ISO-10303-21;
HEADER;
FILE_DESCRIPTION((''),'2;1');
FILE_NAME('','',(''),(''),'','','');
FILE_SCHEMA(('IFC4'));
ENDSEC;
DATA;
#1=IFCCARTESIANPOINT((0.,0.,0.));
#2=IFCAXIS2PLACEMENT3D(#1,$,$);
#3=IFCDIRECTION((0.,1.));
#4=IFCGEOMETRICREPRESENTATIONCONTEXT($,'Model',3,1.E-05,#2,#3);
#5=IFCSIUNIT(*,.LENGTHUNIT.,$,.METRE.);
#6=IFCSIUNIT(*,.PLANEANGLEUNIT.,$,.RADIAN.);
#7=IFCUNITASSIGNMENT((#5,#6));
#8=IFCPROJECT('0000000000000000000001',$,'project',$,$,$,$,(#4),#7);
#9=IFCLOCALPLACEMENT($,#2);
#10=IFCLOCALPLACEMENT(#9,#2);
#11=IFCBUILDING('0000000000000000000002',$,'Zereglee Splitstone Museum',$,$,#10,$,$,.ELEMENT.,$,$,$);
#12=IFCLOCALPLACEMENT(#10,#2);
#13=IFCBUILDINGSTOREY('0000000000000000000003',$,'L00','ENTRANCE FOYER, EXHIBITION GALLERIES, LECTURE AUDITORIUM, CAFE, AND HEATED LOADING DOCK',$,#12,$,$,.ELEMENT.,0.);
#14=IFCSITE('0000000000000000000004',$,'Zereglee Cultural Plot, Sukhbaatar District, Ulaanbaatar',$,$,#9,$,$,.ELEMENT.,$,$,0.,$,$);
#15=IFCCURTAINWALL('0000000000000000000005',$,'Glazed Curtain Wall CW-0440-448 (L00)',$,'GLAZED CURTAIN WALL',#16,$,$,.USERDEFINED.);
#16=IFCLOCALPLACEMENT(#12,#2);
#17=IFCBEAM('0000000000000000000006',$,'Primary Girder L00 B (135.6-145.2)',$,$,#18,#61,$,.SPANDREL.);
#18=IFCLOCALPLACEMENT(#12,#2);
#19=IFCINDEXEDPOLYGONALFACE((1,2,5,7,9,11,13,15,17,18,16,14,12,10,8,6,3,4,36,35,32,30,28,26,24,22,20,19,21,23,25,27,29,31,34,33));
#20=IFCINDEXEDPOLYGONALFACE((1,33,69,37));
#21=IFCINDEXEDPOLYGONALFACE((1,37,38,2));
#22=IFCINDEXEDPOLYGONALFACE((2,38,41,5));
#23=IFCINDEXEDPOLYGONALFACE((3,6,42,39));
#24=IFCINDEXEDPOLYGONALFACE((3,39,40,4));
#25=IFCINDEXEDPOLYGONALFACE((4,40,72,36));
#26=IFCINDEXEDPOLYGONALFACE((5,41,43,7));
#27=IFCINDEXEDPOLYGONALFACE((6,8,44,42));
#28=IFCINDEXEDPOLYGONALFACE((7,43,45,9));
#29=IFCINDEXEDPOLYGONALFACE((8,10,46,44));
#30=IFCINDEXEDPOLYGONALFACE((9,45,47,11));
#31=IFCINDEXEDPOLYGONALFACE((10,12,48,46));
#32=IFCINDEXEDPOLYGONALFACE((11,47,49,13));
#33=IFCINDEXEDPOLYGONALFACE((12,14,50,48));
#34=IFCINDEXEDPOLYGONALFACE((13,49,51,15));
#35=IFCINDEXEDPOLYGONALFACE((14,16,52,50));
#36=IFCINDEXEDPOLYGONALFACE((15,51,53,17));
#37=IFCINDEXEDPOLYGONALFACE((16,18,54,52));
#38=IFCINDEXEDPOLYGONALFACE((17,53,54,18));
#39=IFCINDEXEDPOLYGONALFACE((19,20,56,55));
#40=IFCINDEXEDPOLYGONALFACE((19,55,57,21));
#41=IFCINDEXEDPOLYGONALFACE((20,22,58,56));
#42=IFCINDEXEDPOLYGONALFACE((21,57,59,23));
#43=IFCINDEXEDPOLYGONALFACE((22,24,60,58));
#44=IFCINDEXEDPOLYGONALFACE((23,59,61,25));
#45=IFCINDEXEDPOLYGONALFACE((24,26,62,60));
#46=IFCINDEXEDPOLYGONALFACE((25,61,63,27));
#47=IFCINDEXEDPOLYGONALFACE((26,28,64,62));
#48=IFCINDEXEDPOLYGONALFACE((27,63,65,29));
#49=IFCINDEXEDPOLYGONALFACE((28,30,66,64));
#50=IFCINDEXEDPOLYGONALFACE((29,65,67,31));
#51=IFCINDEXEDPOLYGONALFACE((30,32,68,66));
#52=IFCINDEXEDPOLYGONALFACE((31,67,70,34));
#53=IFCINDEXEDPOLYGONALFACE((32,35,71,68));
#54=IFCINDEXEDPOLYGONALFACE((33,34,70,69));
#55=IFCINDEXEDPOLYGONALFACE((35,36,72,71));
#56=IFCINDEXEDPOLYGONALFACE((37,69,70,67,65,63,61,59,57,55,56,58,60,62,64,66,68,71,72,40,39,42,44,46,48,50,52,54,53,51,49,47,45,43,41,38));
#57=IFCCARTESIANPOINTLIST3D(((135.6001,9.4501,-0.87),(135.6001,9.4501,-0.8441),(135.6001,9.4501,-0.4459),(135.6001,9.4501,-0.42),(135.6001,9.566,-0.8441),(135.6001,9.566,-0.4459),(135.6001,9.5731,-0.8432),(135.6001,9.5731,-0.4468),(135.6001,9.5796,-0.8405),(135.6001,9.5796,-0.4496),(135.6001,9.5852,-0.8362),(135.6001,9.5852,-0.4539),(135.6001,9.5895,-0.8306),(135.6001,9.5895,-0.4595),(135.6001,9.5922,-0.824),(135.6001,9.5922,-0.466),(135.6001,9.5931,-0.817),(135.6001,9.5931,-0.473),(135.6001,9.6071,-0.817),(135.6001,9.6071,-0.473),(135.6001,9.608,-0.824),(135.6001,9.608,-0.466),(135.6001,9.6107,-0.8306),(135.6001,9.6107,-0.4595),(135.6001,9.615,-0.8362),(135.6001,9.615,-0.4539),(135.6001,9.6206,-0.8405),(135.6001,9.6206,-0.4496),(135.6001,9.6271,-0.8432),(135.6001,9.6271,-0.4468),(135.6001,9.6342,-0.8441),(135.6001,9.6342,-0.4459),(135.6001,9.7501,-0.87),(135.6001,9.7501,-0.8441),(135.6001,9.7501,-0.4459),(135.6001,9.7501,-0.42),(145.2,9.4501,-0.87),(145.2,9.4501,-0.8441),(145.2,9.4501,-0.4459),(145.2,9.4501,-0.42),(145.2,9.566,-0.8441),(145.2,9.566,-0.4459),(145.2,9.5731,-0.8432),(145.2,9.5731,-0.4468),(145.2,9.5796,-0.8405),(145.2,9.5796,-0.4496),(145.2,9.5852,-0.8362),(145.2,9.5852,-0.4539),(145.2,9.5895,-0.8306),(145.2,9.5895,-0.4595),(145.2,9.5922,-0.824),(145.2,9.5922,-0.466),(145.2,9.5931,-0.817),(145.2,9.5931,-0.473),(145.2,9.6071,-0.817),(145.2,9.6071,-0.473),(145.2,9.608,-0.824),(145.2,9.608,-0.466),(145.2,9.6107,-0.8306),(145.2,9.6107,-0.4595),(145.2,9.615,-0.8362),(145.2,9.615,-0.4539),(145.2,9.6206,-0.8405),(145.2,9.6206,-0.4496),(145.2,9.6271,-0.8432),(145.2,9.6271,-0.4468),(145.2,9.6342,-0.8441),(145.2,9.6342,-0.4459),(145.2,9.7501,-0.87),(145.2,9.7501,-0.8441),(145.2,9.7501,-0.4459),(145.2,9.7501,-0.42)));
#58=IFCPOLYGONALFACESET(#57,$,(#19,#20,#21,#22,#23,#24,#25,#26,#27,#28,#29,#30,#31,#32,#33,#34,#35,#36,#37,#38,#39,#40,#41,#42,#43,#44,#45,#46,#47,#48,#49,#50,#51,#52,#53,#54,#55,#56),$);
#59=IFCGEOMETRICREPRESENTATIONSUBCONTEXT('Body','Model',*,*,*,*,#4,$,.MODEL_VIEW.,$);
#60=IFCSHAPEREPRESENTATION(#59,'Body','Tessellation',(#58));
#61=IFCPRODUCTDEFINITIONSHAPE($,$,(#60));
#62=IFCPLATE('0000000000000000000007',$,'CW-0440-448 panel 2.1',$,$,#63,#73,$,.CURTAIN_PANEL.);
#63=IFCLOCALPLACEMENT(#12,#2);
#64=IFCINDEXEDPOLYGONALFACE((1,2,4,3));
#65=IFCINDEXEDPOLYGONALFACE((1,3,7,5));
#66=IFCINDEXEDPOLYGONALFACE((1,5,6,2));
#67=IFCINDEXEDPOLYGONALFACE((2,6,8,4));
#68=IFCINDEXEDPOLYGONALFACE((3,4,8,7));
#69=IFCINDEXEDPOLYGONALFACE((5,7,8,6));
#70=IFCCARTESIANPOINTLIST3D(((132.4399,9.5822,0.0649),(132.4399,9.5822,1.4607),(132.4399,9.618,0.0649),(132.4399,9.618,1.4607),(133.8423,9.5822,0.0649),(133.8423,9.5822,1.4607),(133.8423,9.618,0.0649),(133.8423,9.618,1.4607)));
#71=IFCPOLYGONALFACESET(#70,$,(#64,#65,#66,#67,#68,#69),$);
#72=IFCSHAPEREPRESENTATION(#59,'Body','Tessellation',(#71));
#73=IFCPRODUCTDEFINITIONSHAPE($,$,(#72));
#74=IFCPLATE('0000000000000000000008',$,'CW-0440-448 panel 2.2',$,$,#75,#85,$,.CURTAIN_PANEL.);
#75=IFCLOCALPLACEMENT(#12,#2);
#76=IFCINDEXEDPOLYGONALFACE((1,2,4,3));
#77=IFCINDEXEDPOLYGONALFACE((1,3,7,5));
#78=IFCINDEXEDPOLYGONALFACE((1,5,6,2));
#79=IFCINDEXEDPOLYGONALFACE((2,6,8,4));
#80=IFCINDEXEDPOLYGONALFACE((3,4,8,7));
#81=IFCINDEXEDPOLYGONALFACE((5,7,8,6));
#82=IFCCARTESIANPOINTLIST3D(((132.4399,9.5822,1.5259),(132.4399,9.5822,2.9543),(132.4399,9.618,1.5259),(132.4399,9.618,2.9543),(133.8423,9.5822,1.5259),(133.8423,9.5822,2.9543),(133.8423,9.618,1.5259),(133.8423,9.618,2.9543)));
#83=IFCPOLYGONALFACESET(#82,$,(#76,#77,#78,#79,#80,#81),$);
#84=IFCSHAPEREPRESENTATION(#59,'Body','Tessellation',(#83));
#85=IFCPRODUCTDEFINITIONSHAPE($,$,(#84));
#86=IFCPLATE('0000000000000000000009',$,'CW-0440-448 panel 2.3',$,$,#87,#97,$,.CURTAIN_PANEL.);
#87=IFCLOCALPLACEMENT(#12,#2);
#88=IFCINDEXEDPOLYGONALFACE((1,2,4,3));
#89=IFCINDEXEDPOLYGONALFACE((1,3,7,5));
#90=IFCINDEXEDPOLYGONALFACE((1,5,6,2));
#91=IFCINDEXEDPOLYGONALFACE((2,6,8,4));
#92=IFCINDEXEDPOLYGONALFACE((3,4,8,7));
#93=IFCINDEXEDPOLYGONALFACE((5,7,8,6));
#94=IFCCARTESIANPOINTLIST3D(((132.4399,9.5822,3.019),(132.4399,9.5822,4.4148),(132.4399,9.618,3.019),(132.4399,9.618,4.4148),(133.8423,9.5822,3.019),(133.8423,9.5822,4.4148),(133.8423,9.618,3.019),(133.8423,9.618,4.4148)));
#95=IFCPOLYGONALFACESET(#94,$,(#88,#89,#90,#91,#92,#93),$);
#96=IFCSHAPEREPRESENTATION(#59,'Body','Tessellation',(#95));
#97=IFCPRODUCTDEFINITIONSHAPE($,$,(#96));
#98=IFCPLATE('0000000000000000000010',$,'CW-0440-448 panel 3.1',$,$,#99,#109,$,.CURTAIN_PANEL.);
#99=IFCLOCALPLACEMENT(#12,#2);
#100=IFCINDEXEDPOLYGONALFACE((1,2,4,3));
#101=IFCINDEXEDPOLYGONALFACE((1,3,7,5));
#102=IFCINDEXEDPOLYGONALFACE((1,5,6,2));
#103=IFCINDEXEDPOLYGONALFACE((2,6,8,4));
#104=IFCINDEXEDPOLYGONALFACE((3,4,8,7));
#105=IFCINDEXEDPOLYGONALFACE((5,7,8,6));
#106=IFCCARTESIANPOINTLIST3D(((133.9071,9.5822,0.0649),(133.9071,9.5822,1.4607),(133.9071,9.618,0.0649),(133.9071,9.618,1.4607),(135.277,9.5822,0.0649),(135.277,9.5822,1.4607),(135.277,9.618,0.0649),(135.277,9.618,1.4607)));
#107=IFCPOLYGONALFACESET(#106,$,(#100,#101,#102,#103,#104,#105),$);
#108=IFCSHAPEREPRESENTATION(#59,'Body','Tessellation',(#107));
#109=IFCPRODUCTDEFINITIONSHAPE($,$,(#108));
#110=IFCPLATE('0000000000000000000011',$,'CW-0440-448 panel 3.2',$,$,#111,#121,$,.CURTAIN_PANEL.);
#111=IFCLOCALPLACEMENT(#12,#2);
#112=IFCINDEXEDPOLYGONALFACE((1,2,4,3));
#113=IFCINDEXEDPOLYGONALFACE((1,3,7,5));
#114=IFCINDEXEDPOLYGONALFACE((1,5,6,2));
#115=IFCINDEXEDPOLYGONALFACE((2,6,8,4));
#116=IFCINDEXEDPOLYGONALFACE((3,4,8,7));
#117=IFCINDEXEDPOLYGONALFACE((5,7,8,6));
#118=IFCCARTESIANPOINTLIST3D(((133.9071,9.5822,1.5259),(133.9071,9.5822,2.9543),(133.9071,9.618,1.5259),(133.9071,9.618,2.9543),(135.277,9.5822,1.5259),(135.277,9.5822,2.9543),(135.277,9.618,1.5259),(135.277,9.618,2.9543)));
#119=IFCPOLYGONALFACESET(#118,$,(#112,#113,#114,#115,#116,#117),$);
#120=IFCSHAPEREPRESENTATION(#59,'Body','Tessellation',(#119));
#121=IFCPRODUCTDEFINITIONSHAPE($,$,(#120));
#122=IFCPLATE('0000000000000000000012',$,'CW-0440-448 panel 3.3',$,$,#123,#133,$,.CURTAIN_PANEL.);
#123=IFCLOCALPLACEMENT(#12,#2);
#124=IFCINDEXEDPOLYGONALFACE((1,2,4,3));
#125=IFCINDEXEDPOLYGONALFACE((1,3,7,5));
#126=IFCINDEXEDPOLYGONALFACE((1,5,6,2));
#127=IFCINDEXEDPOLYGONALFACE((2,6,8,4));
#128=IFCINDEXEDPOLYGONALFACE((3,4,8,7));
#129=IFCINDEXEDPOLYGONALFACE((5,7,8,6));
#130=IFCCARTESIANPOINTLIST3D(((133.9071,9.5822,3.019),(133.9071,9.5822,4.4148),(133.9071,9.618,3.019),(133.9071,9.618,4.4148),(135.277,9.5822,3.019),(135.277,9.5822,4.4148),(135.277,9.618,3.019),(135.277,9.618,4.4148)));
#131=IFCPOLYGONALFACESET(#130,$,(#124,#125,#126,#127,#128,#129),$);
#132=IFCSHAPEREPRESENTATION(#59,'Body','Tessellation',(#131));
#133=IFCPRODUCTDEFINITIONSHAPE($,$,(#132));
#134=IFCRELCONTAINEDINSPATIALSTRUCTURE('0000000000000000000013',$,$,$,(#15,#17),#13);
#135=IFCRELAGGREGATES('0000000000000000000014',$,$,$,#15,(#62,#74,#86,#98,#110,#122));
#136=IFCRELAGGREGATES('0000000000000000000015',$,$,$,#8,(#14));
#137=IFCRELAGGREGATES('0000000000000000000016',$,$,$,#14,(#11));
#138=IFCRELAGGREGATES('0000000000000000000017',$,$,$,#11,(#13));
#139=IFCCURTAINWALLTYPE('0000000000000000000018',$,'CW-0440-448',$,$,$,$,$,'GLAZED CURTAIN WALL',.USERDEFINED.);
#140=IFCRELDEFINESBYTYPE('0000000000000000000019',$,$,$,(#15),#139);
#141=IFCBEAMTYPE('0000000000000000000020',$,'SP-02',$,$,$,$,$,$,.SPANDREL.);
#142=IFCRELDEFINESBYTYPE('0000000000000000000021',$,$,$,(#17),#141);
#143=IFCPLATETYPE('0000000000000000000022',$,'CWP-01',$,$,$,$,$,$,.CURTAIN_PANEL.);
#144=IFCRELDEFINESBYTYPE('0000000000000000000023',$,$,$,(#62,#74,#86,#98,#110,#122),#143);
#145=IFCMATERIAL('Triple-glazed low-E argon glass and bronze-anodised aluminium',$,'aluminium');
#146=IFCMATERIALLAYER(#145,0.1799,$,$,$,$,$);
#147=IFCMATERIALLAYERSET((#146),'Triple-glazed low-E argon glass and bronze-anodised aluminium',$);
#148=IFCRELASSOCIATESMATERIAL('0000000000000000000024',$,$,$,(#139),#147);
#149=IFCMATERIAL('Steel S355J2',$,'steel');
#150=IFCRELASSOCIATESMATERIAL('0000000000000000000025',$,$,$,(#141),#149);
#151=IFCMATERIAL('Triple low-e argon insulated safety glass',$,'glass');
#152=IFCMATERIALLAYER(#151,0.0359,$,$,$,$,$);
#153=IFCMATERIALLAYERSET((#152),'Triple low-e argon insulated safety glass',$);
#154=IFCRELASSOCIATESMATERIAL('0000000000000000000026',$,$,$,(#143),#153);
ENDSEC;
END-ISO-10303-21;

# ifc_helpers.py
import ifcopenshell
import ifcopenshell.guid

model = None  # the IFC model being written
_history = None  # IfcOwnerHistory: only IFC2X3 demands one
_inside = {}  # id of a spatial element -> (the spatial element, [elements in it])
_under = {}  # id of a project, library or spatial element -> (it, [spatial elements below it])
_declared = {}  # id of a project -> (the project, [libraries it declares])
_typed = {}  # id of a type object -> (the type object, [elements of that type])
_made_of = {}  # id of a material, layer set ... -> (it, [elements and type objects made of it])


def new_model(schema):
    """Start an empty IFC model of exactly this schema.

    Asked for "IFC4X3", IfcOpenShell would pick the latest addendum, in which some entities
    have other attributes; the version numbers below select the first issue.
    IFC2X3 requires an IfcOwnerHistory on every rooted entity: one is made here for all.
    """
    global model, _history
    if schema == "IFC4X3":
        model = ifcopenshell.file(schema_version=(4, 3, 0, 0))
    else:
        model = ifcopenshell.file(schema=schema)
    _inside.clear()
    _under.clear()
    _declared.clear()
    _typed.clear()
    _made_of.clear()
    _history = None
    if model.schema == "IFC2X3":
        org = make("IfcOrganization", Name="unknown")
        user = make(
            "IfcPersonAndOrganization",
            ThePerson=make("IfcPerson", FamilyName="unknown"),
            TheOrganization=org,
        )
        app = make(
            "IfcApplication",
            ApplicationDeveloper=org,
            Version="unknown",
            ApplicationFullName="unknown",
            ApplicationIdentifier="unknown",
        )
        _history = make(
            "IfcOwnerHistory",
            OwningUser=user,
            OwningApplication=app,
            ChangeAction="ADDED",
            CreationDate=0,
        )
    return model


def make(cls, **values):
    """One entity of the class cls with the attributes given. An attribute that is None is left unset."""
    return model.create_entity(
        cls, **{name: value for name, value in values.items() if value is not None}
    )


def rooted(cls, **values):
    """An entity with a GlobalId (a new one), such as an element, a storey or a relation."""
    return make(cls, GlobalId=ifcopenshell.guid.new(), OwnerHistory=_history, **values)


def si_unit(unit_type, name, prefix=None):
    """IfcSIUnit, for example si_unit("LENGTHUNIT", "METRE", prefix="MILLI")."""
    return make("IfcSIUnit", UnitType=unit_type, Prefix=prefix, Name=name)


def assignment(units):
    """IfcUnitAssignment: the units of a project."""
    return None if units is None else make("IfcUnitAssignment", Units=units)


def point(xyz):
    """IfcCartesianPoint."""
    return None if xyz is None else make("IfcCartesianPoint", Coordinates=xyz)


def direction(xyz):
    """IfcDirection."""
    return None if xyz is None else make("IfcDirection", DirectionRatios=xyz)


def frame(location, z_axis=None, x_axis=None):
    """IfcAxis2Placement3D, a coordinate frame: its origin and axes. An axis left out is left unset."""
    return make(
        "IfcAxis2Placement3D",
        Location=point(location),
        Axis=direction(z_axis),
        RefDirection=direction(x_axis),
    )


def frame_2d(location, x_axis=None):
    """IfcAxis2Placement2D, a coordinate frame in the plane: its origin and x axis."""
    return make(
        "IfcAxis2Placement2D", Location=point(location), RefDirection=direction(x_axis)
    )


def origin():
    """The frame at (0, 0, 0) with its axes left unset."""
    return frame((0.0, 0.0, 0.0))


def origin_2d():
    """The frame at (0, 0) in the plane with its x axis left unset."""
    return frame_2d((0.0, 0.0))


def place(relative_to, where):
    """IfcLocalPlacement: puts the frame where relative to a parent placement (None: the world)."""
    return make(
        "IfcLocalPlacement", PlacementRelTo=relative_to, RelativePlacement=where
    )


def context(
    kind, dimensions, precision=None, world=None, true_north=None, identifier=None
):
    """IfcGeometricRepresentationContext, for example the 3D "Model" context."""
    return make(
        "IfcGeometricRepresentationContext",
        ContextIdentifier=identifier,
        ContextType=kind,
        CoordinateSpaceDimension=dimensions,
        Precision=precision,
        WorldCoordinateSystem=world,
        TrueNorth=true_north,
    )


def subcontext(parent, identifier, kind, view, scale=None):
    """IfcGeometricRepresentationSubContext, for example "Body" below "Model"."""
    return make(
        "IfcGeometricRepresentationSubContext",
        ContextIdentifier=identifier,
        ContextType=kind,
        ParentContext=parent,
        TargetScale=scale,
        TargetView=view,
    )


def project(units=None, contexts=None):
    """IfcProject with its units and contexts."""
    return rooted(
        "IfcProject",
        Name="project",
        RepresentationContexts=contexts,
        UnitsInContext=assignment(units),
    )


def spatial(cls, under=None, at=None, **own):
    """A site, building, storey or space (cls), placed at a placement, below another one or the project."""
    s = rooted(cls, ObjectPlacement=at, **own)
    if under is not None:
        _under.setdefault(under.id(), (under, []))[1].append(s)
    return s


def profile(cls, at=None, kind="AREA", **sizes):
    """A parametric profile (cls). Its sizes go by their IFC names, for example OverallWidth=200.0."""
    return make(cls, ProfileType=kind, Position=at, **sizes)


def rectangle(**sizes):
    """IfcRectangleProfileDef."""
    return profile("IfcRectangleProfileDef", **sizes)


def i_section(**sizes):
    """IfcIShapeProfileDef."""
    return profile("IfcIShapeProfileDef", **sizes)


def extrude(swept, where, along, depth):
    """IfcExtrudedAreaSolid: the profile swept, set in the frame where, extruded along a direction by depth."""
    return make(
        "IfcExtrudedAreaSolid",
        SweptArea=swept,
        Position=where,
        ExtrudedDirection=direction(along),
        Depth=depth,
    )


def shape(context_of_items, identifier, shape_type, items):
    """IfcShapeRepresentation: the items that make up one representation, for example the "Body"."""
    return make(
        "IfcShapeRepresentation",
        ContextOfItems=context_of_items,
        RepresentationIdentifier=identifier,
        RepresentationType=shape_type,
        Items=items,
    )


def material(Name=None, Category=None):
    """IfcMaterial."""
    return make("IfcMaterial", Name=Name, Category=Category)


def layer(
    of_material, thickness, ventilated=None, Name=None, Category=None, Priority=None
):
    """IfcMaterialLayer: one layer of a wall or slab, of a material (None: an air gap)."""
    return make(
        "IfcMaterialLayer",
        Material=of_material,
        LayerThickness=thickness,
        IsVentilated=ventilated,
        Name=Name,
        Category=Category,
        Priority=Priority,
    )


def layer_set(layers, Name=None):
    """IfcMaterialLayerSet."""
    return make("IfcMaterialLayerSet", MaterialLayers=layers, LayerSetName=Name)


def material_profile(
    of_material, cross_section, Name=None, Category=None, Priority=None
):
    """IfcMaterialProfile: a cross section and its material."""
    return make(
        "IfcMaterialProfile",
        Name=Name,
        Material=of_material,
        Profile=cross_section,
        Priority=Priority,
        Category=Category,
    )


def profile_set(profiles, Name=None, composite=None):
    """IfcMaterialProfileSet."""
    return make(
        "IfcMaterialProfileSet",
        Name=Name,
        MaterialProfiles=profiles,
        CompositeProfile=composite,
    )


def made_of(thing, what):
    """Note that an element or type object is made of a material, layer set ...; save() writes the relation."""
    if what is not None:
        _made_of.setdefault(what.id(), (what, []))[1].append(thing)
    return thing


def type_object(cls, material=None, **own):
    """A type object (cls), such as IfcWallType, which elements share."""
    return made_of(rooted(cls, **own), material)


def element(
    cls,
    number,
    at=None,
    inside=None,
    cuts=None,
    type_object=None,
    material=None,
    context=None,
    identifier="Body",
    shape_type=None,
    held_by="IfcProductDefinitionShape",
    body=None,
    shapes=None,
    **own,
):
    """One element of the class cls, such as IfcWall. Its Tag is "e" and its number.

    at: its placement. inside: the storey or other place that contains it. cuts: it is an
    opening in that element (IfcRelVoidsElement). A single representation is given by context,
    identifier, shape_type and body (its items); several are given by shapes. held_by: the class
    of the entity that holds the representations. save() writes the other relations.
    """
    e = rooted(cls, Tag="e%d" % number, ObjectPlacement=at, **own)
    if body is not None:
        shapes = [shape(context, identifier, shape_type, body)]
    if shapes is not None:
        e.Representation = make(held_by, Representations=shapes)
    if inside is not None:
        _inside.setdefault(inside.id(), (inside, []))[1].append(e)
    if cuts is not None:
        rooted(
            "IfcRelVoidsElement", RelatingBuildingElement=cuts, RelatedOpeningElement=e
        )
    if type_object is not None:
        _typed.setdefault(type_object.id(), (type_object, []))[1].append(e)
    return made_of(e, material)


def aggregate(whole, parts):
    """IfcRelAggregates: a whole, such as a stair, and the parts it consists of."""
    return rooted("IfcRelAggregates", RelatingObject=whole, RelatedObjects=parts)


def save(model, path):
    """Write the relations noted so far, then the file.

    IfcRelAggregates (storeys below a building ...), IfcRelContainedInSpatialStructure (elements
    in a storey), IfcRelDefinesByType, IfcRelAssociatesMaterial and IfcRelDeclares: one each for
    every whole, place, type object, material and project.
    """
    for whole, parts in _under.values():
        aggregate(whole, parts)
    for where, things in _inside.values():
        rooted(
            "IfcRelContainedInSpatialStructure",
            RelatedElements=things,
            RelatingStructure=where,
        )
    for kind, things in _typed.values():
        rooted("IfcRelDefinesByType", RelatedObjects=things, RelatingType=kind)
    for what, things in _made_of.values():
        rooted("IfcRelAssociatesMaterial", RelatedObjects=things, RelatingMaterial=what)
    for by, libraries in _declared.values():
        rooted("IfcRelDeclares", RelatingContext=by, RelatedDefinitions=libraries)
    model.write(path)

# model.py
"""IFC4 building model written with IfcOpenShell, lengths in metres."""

from ifc_helpers import new_model, si_unit, direction, frame, origin, origin_2d, place, context, subcontext, project, spatial, rectangle, i_section, extrude, material, layer, layer_set, material_profile, profile_set, type_object, element, aggregate, save


model = new_model("IFC4")

# Units and contexts
model_context = context("Model", 3, precision=1e-05, world=origin(), true_north=direction((0.0, 1.0)))
body_context = subcontext(model_context, "Body", "Model", "MODEL_VIEW")
ifc_project = project(units=[si_unit("LENGTHUNIT", "METRE"), si_unit("PLANEANGLEUNIT", "RADIAN")], contexts=[model_context])

# Site, building, storey
site_placement = place(None, origin())
site = spatial("IfcSite", under=ifc_project, at=site_placement, Name="Zereglee Cultural Plot, Sukhbaatar District, Ulaanbaatar", CompositionType="ELEMENT", RefElevation=0.0)
building_placement = place(site_placement, origin())
building = spatial("IfcBuilding", under=site, at=building_placement, Name="Zereglee Splitstone Museum", CompositionType="ELEMENT")
storey_placement = place(building_placement, origin())
storey = spatial("IfcBuildingStorey", under=building, at=storey_placement, Name="L00", Description="ENTRANCE FOYER, EXHIBITION GALLERIES, LECTURE AUDITORIUM, CAFE, AND HEATED LOADING DOCK", CompositionType="ELEMENT", Elevation=0.0)

# Curtain wall
ifc_material_1 = material(Name="Triple-glazed low-E argon glass and bronze-anodised aluminium", Category="aluminium")
ifc_layer_1 = layer(ifc_material_1, 0.1799)
ifc_layer_set_1 = layer_set([ifc_layer_1], Name="Triple-glazed low-E argon glass and bronze-anodised aluminium")
curtain_wall_type_1 = type_object("IfcCurtainWallType", Name="CW-0440-448", ElementType="GLAZED CURTAIN WALL", PredefinedType="USERDEFINED", material=ifc_layer_set_1)
curtain_wall_1_placement = place(storey_placement, origin())
curtain_wall_1 = element("IfcCurtainWall", 1, at=curtain_wall_1_placement, inside=storey, type_object=curtain_wall_type_1, Name="Glazed Curtain Wall CW-0440-448 (L00)", ObjectType="GLAZED CURTAIN WALL", PredefinedType="USERDEFINED")

# Beam
ifc_material_2 = material(Name="Steel S355J2", Category="steel")
ifc_material_profile_1 = material_profile(ifc_material_2, i_section(OverallWidth=0.3, OverallDepth=0.45, WebThickness=0.0139, FlangeThickness=0.0259, FilletRadius=0.0271, at=origin_2d()), Name="HE 450 B")
ifc_profile_set_1 = profile_set([ifc_material_profile_1], Name="Steel S355J2")
beam_type_1 = type_object("IfcBeamType", Name="SP-02", PredefinedType="SPANDREL", material=ifc_profile_set_1)
beam_1_placement = place(storey_placement, frame((135.6001, 9.6001, -0.645), z_axis=(1.0, 0.0, 0.0), x_axis=(0.0, 1.0, 0.0)))
element("IfcBeam", 2, at=beam_1_placement, inside=storey, type_object=beam_type_1, Name="Primary Girder L00 B (135.6-145.2)", PredefinedType="SPANDREL", context=body_context, shape_type="SweptSolid", body=[
    extrude(i_section(OverallWidth=0.3, OverallDepth=0.45, WebThickness=0.0139, FlangeThickness=0.0259, FilletRadius=0.0271, at=origin_2d()), origin(), (0.0, 0.0, 1.0), 9.5999),
])

# Plates
ifc_material_3 = material(Name="Triple low-e argon insulated safety glass", Category="glass")
ifc_layer_2 = layer(ifc_material_3, 0.0359)
ifc_layer_set_2 = layer_set([ifc_layer_2], Name="Triple low-e argon insulated safety glass")
plate_type = type_object("IfcPlateType", Name="CWP-01", PredefinedType="CURTAIN_PANEL", material=ifc_layer_set_2)
plate_1_placement = place(storey_placement, frame((133.1411, 9.6001, 0.0649), z_axis=(0.0, 0.0, 1.0), x_axis=(1.0, 0.0, 0.0)))
plate_1 = element("IfcPlate", 3, at=plate_1_placement, type_object=plate_type, Name="CW-0440-448 panel 2.1", PredefinedType="CURTAIN_PANEL", context=body_context, shape_type="SweptSolid", body=[
    extrude(rectangle(XDim=1.4023, YDim=0.0359, at=origin_2d()), origin(), (0.0, 0.0, 1.0), 1.3958),
])
plate_2_placement = place(storey_placement, frame((133.1411, 9.6001, 1.5259), z_axis=(0.0, 0.0, 1.0), x_axis=(1.0, 0.0, 0.0)))
plate_2 = element("IfcPlate", 4, at=plate_2_placement, type_object=plate_type, Name="CW-0440-448 panel 2.2", PredefinedType="CURTAIN_PANEL", context=body_context, shape_type="SweptSolid", body=[
    extrude(rectangle(XDim=1.4023, YDim=0.0359, at=origin_2d()), origin(), (0.0, 0.0, 1.0), 1.4285),
])
plate_3_placement = place(storey_placement, frame((133.1411, 9.6001, 3.019), z_axis=(0.0, 0.0, 1.0), x_axis=(1.0, 0.0, 0.0)))
plate_3 = element("IfcPlate", 5, at=plate_3_placement, type_object=plate_type, Name="CW-0440-448 panel 2.3", PredefinedType="CURTAIN_PANEL", context=body_context, shape_type="SweptSolid", body=[
    extrude(rectangle(XDim=1.4023, YDim=0.0359, at=origin_2d()), origin(), (0.0, 0.0, 1.0), 1.3958),
])
plate_4_placement = place(storey_placement, frame((134.592, 9.6001, 0.0649), z_axis=(0.0, 0.0, 1.0), x_axis=(1.0, 0.0, 0.0)))
plate_4 = element("IfcPlate", 6, at=plate_4_placement, type_object=plate_type, Name="CW-0440-448 panel 3.1", PredefinedType="CURTAIN_PANEL", context=body_context, shape_type="SweptSolid", body=[
    extrude(rectangle(XDim=1.3699, YDim=0.0359, at=origin_2d()), origin(), (0.0, 0.0, 1.0), 1.3958),
])
plate_5_placement = place(storey_placement, frame((134.592, 9.6001, 1.5259), z_axis=(0.0, 0.0, 1.0), x_axis=(1.0, 0.0, 0.0)))
plate_5 = element("IfcPlate", 7, at=plate_5_placement, type_object=plate_type, Name="CW-0440-448 panel 3.2", PredefinedType="CURTAIN_PANEL", context=body_context, shape_type="SweptSolid", body=[
    extrude(rectangle(XDim=1.3699, YDim=0.0359, at=origin_2d()), origin(), (0.0, 0.0, 1.0), 1.4285),
])
plate_6_placement = place(storey_placement, frame((134.592, 9.6001, 3.019), z_axis=(0.0, 0.0, 1.0), x_axis=(1.0, 0.0, 0.0)))
plate_6 = element("IfcPlate", 8, at=plate_6_placement, type_object=plate_type, Name="CW-0440-448 panel 3.3", PredefinedType="CURTAIN_PANEL", context=body_context, shape_type="SweptSolid", body=[
    extrude(rectangle(XDim=1.3699, YDim=0.0359, at=origin_2d()), origin(), (0.0, 0.0, 1.0), 1.3958),
])
aggregate(curtain_wall_1, [plate_1, plate_2, plate_3, plate_4, plate_5, plate_6])

save(model, "model.ifc")
